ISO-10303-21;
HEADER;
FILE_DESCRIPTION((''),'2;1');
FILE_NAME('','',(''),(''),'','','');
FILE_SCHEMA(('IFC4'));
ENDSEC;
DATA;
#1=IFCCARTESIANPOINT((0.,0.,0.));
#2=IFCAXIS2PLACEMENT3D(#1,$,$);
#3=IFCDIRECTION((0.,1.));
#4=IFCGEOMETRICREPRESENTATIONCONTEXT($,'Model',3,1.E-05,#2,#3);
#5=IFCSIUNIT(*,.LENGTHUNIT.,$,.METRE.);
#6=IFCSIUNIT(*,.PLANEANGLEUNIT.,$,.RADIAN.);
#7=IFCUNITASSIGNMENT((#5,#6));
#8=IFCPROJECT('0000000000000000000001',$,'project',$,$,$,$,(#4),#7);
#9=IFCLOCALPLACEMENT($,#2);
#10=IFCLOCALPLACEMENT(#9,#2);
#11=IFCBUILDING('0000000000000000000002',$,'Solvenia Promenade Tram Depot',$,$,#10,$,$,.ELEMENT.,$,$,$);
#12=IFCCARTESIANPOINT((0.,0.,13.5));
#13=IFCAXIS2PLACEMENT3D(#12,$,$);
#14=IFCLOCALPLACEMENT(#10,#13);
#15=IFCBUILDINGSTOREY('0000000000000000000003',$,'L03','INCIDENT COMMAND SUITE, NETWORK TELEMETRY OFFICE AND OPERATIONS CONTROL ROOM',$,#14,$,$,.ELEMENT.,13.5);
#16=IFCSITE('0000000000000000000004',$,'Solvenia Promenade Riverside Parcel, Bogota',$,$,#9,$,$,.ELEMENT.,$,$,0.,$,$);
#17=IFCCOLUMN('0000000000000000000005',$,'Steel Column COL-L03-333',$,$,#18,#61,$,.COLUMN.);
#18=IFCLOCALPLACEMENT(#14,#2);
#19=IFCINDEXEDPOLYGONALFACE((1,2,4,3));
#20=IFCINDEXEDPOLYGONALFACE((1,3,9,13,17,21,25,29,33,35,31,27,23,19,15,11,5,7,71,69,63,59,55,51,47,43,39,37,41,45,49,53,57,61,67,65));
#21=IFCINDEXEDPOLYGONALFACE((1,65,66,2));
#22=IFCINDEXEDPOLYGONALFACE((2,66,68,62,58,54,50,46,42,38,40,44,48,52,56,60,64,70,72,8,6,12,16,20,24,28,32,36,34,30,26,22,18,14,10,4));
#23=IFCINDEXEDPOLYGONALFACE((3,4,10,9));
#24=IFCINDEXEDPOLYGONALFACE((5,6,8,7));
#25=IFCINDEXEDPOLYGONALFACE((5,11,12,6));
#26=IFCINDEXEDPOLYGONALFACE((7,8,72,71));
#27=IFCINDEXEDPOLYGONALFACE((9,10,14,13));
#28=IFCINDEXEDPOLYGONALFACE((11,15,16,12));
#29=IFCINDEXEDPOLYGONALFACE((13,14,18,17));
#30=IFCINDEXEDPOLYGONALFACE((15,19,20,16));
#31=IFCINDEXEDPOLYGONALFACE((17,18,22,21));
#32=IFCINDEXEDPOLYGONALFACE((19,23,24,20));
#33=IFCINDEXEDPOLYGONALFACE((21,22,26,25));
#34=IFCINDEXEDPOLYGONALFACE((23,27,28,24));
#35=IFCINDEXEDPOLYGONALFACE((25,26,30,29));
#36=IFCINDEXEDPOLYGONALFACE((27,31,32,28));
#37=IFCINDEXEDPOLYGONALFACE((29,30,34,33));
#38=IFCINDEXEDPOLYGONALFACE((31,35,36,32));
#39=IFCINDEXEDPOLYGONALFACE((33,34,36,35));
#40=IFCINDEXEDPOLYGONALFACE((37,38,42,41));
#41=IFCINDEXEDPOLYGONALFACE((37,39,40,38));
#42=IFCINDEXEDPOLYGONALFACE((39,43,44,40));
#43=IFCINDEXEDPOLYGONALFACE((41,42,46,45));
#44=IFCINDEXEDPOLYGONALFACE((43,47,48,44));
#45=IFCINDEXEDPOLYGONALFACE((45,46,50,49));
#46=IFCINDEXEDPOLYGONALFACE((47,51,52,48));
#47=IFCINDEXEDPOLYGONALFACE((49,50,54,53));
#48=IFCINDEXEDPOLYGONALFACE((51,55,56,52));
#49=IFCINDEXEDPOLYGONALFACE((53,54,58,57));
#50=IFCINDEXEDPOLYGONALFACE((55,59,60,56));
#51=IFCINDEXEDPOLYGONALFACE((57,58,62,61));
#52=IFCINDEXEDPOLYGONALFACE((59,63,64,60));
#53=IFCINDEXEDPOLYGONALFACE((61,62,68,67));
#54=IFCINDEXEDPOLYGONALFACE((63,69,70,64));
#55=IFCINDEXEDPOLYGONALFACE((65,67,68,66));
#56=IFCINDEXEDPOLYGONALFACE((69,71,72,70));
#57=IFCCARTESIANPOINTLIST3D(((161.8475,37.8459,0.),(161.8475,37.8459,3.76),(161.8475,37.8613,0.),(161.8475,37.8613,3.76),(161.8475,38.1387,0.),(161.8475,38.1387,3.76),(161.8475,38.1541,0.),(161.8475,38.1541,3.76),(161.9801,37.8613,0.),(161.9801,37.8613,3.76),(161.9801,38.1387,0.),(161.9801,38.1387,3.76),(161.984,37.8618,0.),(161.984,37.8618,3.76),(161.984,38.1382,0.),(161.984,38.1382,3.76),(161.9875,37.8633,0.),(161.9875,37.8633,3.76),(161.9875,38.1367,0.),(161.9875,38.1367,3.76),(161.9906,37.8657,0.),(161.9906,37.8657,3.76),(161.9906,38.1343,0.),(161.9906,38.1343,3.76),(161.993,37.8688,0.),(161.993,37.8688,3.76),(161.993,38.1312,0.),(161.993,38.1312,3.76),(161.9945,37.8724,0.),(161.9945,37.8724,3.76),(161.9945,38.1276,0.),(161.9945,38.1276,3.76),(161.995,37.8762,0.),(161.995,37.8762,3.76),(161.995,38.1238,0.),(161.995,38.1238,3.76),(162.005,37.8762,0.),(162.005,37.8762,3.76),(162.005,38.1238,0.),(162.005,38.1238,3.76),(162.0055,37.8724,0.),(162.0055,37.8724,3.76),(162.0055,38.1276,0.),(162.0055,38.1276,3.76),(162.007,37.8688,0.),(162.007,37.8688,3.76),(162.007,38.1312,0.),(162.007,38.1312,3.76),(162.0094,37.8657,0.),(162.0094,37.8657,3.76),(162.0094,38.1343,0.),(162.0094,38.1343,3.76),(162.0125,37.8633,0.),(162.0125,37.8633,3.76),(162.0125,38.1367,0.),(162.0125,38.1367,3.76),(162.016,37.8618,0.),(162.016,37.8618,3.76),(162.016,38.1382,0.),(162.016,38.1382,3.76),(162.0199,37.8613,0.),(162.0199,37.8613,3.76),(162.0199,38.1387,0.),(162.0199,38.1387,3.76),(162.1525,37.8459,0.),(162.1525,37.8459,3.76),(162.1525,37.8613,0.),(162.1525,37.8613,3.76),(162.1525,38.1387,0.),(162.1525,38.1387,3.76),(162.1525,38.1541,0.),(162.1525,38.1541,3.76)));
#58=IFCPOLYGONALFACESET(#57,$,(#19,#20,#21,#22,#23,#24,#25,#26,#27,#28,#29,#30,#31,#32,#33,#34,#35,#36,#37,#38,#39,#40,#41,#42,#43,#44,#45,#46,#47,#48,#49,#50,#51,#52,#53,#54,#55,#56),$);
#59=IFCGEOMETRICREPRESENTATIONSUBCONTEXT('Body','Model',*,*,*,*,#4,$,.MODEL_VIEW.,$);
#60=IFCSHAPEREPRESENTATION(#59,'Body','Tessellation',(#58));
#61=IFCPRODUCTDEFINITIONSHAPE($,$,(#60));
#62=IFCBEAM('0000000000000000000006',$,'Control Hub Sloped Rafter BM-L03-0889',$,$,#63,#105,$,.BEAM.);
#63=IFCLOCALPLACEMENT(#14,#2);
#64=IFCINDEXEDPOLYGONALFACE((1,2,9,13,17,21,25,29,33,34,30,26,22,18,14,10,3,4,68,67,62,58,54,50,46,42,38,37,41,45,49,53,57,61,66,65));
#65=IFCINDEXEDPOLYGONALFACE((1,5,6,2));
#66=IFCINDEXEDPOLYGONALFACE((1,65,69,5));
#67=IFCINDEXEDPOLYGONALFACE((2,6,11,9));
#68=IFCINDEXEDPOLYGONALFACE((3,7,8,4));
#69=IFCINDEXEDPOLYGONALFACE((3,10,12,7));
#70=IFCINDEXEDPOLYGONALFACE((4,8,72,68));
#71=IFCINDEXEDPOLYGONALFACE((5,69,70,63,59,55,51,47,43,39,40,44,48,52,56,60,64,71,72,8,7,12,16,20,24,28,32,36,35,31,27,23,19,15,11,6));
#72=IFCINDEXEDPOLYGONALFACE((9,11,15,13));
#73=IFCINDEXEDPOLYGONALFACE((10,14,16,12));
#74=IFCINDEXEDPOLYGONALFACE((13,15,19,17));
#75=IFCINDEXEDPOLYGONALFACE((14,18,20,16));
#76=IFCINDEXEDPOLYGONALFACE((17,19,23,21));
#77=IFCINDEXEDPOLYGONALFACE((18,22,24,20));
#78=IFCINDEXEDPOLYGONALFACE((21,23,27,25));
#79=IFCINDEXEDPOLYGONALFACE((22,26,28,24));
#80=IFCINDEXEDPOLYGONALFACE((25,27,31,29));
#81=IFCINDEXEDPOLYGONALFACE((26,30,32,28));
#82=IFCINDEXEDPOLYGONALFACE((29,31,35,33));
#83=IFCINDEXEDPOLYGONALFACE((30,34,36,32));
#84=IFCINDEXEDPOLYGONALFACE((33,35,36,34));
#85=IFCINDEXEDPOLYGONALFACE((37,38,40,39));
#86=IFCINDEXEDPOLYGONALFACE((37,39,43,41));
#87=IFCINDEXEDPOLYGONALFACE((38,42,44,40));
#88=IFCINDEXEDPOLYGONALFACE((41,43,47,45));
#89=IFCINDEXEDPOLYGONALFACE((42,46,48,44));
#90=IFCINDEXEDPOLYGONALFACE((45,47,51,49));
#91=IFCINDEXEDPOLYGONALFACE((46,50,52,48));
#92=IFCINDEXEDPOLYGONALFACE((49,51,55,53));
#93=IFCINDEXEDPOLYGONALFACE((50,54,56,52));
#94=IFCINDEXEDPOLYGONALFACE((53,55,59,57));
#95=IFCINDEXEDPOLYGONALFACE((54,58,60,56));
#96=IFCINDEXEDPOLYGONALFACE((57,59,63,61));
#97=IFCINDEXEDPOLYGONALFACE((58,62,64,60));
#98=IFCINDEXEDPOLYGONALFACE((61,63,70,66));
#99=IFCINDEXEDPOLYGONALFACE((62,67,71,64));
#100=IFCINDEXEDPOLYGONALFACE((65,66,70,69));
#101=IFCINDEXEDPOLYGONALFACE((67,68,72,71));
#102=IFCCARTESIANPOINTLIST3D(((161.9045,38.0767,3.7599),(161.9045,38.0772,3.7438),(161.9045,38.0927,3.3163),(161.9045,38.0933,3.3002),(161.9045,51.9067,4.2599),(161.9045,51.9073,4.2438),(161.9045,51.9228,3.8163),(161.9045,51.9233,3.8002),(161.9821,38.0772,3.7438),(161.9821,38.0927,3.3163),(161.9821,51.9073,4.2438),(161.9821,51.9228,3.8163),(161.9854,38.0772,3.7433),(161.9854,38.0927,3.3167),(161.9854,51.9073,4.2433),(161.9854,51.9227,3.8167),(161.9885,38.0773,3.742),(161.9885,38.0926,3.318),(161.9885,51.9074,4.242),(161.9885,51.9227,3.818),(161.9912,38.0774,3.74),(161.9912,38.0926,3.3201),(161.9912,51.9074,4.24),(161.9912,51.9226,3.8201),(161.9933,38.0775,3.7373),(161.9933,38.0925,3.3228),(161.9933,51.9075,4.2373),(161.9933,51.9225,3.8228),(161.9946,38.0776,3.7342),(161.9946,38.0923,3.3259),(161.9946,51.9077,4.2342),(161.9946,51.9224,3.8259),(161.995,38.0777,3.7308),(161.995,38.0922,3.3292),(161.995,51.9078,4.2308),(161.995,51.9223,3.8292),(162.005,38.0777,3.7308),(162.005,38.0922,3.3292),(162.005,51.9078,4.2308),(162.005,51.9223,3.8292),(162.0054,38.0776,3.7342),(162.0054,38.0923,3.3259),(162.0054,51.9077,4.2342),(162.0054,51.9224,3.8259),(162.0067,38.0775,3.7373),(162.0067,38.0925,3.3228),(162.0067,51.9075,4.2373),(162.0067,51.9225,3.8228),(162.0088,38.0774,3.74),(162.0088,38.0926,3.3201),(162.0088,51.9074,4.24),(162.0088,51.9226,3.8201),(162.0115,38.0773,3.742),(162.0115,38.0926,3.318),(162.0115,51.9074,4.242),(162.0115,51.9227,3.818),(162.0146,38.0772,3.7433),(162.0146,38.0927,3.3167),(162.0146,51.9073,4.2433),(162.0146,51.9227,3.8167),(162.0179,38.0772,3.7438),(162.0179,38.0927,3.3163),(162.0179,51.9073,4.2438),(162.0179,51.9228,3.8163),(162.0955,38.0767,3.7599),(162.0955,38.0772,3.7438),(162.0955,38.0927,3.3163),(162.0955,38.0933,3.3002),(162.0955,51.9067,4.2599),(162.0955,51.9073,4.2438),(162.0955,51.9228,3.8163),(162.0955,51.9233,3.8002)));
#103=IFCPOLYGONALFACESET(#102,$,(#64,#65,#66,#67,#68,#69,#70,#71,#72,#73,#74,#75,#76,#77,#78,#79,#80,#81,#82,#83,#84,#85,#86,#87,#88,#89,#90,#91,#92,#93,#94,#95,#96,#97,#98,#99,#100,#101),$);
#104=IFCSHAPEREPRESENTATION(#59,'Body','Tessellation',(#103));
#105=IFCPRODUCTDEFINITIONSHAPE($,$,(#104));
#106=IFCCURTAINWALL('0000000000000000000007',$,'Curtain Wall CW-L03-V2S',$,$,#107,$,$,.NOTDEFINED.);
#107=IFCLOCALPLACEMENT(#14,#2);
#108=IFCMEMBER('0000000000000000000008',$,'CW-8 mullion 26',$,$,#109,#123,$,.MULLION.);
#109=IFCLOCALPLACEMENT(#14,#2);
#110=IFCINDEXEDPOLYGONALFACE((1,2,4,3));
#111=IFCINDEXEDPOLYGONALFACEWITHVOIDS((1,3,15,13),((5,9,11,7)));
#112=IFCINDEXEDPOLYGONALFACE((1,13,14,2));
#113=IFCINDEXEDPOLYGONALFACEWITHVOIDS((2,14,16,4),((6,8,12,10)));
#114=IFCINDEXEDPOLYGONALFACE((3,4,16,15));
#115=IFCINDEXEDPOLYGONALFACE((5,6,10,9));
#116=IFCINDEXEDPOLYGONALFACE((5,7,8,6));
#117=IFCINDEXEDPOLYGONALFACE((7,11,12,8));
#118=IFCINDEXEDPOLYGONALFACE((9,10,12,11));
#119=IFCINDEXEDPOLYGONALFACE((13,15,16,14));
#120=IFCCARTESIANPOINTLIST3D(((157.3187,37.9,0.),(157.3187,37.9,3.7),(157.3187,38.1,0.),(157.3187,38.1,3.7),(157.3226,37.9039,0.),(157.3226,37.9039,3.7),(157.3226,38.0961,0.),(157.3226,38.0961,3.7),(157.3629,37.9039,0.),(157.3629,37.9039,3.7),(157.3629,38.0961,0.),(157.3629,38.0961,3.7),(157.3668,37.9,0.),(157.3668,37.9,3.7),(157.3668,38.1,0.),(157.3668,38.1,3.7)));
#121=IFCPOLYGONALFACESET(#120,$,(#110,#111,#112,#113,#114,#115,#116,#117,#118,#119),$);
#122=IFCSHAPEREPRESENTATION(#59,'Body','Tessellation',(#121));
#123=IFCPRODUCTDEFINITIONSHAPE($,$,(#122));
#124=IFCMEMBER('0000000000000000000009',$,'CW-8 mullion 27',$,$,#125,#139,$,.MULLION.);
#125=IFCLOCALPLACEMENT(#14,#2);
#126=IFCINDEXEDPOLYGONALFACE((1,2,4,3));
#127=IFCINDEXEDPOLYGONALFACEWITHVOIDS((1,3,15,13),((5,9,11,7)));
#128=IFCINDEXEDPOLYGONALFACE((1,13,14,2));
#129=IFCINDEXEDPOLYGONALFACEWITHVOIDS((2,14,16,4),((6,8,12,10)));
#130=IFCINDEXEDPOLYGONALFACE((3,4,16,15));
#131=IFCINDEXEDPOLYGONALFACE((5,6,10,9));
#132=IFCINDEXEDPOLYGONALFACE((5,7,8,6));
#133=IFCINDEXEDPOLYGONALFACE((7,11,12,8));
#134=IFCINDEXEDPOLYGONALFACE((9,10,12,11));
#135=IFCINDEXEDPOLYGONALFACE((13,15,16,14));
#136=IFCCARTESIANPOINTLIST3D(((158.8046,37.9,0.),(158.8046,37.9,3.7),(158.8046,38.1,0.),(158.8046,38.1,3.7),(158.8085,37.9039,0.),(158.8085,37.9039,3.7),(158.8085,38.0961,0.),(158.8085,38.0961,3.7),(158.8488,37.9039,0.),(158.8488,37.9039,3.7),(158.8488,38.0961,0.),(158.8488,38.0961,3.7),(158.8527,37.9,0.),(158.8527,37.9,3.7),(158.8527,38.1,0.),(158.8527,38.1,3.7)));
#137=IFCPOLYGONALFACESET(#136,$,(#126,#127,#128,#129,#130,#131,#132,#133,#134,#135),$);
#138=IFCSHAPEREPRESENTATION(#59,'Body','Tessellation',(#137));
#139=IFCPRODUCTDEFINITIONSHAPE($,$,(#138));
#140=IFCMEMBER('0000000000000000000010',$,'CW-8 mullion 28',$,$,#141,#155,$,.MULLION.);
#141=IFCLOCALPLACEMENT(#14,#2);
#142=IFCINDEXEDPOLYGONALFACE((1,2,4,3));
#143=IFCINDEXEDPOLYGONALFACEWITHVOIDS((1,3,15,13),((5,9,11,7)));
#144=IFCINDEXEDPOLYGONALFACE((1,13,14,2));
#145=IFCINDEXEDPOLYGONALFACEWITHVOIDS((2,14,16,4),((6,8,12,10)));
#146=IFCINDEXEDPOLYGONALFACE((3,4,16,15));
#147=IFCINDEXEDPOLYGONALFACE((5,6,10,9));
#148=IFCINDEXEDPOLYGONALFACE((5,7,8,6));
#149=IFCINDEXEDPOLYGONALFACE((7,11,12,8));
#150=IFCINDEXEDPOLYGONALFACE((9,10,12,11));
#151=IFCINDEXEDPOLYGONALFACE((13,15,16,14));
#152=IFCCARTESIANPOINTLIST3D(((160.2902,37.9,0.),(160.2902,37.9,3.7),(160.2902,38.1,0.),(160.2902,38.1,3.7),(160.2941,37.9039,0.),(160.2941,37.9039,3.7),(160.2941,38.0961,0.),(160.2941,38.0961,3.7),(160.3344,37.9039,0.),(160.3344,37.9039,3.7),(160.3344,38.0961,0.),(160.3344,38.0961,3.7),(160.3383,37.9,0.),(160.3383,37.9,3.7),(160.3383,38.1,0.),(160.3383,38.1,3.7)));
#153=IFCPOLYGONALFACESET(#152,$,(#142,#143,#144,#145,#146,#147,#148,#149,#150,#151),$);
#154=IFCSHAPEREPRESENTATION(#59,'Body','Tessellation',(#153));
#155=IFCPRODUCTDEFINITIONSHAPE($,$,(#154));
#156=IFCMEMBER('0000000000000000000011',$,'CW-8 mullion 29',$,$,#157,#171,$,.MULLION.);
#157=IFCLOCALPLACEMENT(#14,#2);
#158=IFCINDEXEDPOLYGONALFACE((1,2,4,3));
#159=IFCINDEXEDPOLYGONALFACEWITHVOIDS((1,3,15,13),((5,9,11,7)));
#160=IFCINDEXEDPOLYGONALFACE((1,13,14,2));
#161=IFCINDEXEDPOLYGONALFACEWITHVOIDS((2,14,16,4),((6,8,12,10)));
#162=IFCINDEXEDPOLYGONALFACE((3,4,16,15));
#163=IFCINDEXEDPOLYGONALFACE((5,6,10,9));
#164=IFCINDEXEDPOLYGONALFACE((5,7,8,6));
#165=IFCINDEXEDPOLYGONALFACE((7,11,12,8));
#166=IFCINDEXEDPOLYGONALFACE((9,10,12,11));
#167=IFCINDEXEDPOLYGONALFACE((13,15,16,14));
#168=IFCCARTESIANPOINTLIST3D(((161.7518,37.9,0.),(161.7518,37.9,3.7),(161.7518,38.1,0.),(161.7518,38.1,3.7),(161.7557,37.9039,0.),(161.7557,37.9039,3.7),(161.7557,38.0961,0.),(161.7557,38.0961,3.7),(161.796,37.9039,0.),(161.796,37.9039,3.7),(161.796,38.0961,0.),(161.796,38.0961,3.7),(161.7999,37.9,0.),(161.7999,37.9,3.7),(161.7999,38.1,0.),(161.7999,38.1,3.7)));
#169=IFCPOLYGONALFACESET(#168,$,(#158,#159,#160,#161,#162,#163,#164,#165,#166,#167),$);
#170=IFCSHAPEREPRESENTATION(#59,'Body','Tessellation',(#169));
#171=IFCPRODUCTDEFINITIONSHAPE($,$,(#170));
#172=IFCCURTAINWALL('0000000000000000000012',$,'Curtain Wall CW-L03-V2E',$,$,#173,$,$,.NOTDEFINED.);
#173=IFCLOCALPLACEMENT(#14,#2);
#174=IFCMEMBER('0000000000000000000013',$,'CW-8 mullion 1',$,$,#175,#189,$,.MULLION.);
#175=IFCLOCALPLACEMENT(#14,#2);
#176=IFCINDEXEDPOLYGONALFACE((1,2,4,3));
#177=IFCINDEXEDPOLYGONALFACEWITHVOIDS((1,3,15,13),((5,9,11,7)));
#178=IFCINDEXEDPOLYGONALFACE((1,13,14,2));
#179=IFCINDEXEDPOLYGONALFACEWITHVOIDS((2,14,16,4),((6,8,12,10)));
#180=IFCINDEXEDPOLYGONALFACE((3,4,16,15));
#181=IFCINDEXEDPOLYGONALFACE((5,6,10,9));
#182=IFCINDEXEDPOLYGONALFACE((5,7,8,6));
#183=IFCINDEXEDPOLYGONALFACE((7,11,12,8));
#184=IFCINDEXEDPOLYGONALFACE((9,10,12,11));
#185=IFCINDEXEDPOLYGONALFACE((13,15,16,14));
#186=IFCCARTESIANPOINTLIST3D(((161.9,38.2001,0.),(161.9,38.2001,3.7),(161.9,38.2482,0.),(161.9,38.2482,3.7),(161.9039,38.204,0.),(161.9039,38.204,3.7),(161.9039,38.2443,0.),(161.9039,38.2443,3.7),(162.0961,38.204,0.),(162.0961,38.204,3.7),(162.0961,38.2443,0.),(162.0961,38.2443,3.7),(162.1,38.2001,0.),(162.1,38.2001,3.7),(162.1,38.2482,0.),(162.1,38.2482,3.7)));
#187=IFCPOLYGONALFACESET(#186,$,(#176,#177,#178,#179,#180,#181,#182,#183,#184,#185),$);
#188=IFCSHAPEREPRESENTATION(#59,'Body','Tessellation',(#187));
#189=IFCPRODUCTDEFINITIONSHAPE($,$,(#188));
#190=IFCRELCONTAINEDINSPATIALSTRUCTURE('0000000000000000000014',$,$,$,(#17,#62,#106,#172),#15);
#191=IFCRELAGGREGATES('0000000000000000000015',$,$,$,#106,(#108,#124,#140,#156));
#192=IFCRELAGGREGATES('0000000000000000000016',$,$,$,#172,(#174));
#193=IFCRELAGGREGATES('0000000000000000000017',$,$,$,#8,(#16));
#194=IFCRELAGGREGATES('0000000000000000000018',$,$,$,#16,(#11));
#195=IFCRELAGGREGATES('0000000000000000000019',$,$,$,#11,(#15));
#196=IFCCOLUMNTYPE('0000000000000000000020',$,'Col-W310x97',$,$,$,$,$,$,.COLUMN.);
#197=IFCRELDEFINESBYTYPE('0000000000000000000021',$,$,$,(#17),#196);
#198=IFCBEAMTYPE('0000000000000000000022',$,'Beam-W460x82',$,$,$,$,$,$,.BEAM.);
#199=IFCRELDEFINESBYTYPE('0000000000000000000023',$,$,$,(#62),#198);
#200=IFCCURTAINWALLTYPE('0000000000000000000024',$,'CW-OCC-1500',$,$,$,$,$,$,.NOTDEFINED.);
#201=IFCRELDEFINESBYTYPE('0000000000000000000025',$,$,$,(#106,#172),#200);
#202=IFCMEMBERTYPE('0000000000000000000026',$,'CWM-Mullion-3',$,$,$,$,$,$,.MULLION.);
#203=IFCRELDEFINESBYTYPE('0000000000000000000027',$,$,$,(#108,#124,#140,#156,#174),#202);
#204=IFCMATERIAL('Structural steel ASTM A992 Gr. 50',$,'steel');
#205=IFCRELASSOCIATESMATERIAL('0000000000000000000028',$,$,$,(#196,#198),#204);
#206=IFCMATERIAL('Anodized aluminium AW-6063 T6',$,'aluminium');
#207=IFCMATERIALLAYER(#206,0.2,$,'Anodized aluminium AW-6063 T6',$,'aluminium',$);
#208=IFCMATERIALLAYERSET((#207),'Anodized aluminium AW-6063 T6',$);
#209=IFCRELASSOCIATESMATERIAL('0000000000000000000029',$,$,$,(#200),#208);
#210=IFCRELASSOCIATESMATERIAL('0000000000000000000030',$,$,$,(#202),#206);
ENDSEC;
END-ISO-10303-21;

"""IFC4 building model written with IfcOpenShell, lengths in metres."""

from ifc_helpers import new_model, si_unit, direction, frame, origin, origin_2d, place, context, subcontext, project, spatial, hollow_rectangle, i_section, extrude, material, layer, layer_set, material_profile, profile_set, type_object, element, aggregate, save


model = new_model("IFC4")

# Units and contexts
model_context = context("Model", 3, precision=1e-05, world=origin(), true_north=direction((0.0, 1.0)))
body_context = subcontext(model_context, "Body", "Model", "MODEL_VIEW")
ifc_project = project(units=[si_unit("LENGTHUNIT", "METRE"), si_unit("PLANEANGLEUNIT", "RADIAN")], contexts=[model_context])

# Site, building, storey
site_placement = place(None, origin())
site = spatial("IfcSite", under=ifc_project, at=site_placement, Name="Solvenia Promenade Riverside Parcel, Bogota", CompositionType="ELEMENT", RefElevation=0.0)
building_placement = place(site_placement, origin())
building = spatial("IfcBuilding", under=site, at=building_placement, Name="Solvenia Promenade Tram Depot", CompositionType="ELEMENT")
storey_placement = place(building_placement, frame((0.0, 0.0, 13.5)))
storey = spatial("IfcBuildingStorey", under=building, at=storey_placement, Name="L03", Description="INCIDENT COMMAND SUITE, NETWORK TELEMETRY OFFICE AND OPERATIONS CONTROL ROOM", CompositionType="ELEMENT", Elevation=13.5)

# Column
ifc_material_1 = material(Name="Structural steel ASTM A992 Gr. 50", Category="steel")
ifc_material_profile_1 = material_profile(ifc_material_1, i_section(OverallWidth=0.3049, OverallDepth=0.3081, WebThickness=0.01, FlangeThickness=0.0154, FilletRadius=0.0149, at=origin_2d()), Name="W310x97", Category="steel")
ifc_profile_set_1 = profile_set([ifc_material_profile_1], Name="Structural steel ASTM A992 Gr. 50")
column_type = type_object("IfcColumnType", Name="Col-W310x97", PredefinedType="COLUMN", material=ifc_profile_set_1)
column_placement = place(storey_placement, frame((162.0, 38.0, 0.0), z_axis=(0.0, 0.0, 1.0), x_axis=(1.0, 0.0, 0.0)))
element("IfcColumn", 1, at=column_placement, inside=storey, type_object=column_type, Name="Steel Column COL-L03-333", PredefinedType="COLUMN", context=body_context, shape_type="SweptSolid", body=[
    extrude(i_section(OverallWidth=0.3049, OverallDepth=0.3081, WebThickness=0.01, FlangeThickness=0.0154, FilletRadius=0.0149, at=origin_2d()), origin(), (0.0, 0.0, 1.0), 3.76),
])

# Beam
ifc_material_profile_2 = material_profile(ifc_material_1, i_section(OverallWidth=0.1909, OverallDepth=0.46, WebThickness=0.01, FlangeThickness=0.0161, FilletRadius=0.0129, at=origin_2d()), Name="W460x82", Category="steel")
ifc_profile_set_2 = profile_set([ifc_material_profile_2], Name="Structural steel ASTM A992 Gr. 50")
beam_type_1 = type_object("IfcBeamType", Name="Beam-W460x82", PredefinedType="BEAM", material=ifc_profile_set_2)
beam_1_placement = place(storey_placement, frame((162.0, 38.085, 3.53), z_axis=(0.0, 0.999347, 0.036129), x_axis=(-1.0, 0.0, 0.0)))
element("IfcBeam", 2, at=beam_1_placement, inside=storey, type_object=beam_type_1, Name="Control Hub Sloped Rafter BM-L03-0889", PredefinedType="BEAM", context=body_context, shape_type="SweptSolid", body=[
    extrude(i_section(OverallWidth=0.1909, OverallDepth=0.46, WebThickness=0.01, FlangeThickness=0.0161, FilletRadius=0.0129, at=origin_2d()), origin(), (0.0, 0.0, 1.0), 13.8391),
])

# Curtain walls, members
ifc_material_2 = material(Name="Anodized aluminium AW-6063 T6", Category="aluminium")
ifc_layer_1 = layer(ifc_material_2, 0.2, Name="Anodized aluminium AW-6063 T6", Category="aluminium")
ifc_layer_set_1 = layer_set([ifc_layer_1], Name="Anodized aluminium AW-6063 T6")
curtain_wall_type = type_object("IfcCurtainWallType", Name="CW-OCC-1500", PredefinedType="NOTDEFINED", material=ifc_layer_set_1)
curtain_wall_1_placement = place(storey_placement, origin())
curtain_wall_1 = element("IfcCurtainWall", 3, at=curtain_wall_1_placement, inside=storey, type_object=curtain_wall_type, Name="Curtain Wall CW-L03-V2S", PredefinedType="NOTDEFINED")
ifc_material_profile_3 = material_profile(ifc_material_2, hollow_rectangle(XDim=0.2, YDim=0.0481, WallThickness=0.0039, at=origin_2d()), Name="ALU-M3", Category="aluminium")
ifc_profile_set_3 = profile_set([ifc_material_profile_3], Name="Anodized aluminium AW-6063 T6")
member_type_1 = type_object("IfcMemberType", Name="CWM-Mullion-3", PredefinedType="MULLION", material=ifc_profile_set_3)
member_1_placement = place(storey_placement, frame((157.3428, 38.0, 0.0), z_axis=(0.0, 0.0, 1.0), x_axis=(0.0, 1.0, 0.0)))
member_1 = element("IfcMember", 4, at=member_1_placement, type_object=member_type_1, Name="CW-8 mullion 26", PredefinedType="MULLION", context=body_context, shape_type="SweptSolid", body=[
    extrude(hollow_rectangle(XDim=0.2, YDim=0.0481, WallThickness=0.0039, at=origin_2d()), origin(), (0.0, 0.0, 1.0), 3.7),
])
member_2_placement = place(storey_placement, frame((158.8286, 38.0, 0.0), z_axis=(0.0, 0.0, 1.0), x_axis=(0.0, 1.0, 0.0)))
member_2 = element("IfcMember", 5, at=member_2_placement, type_object=member_type_1, Name="CW-8 mullion 27", PredefinedType="MULLION", context=body_context, shape_type="SweptSolid", body=[
    extrude(hollow_rectangle(XDim=0.2, YDim=0.0481, WallThickness=0.0039, at=origin_2d()), origin(), (0.0, 0.0, 1.0), 3.7),
])
member_3_placement = place(storey_placement, frame((160.3142, 38.0, 0.0), z_axis=(0.0, 0.0, 1.0), x_axis=(0.0, 1.0, 0.0)))
member_3 = element("IfcMember", 6, at=member_3_placement, type_object=member_type_1, Name="CW-8 mullion 28", PredefinedType="MULLION", context=body_context, shape_type="SweptSolid", body=[
    extrude(hollow_rectangle(XDim=0.2, YDim=0.0481, WallThickness=0.0039, at=origin_2d()), origin(), (0.0, 0.0, 1.0), 3.7),
])
member_4_placement = place(storey_placement, frame((161.7759, 38.0, 0.0), z_axis=(0.0, 0.0, 1.0), x_axis=(0.0, 1.0, 0.0)))
member_4 = element("IfcMember", 7, at=member_4_placement, type_object=member_type_1, Name="CW-8 mullion 29", PredefinedType="MULLION", context=body_context, shape_type="SweptSolid", body=[
    extrude(hollow_rectangle(XDim=0.2, YDim=0.0481, WallThickness=0.0039, at=origin_2d()), origin(), (0.0, 0.0, 1.0), 3.7),
])
curtain_wall_2_placement = place(storey_placement, origin())
curtain_wall_2 = element("IfcCurtainWall", 8, at=curtain_wall_2_placement, inside=storey, type_object=curtain_wall_type, Name="Curtain Wall CW-L03-V2E", PredefinedType="NOTDEFINED")
member_5_placement = place(storey_placement, frame((162.0, 38.2241, 0.0), z_axis=(0.0, 0.0, 1.0), x_axis=(-1.0, 0.0, 0.0)))
member_5 = element("IfcMember", 9, at=member_5_placement, type_object=member_type_1, Name="CW-8 mullion 1", PredefinedType="MULLION", context=body_context, shape_type="SweptSolid", body=[
    extrude(hollow_rectangle(XDim=0.2, YDim=0.0481, WallThickness=0.0039, at=origin_2d()), origin(), (0.0, 0.0, 1.0), 3.7),
])

aggregate(curtain_wall_1, [member_1, member_2, member_3, member_4])
aggregate(curtain_wall_2, [member_5])

save(model, "model.ifc")
